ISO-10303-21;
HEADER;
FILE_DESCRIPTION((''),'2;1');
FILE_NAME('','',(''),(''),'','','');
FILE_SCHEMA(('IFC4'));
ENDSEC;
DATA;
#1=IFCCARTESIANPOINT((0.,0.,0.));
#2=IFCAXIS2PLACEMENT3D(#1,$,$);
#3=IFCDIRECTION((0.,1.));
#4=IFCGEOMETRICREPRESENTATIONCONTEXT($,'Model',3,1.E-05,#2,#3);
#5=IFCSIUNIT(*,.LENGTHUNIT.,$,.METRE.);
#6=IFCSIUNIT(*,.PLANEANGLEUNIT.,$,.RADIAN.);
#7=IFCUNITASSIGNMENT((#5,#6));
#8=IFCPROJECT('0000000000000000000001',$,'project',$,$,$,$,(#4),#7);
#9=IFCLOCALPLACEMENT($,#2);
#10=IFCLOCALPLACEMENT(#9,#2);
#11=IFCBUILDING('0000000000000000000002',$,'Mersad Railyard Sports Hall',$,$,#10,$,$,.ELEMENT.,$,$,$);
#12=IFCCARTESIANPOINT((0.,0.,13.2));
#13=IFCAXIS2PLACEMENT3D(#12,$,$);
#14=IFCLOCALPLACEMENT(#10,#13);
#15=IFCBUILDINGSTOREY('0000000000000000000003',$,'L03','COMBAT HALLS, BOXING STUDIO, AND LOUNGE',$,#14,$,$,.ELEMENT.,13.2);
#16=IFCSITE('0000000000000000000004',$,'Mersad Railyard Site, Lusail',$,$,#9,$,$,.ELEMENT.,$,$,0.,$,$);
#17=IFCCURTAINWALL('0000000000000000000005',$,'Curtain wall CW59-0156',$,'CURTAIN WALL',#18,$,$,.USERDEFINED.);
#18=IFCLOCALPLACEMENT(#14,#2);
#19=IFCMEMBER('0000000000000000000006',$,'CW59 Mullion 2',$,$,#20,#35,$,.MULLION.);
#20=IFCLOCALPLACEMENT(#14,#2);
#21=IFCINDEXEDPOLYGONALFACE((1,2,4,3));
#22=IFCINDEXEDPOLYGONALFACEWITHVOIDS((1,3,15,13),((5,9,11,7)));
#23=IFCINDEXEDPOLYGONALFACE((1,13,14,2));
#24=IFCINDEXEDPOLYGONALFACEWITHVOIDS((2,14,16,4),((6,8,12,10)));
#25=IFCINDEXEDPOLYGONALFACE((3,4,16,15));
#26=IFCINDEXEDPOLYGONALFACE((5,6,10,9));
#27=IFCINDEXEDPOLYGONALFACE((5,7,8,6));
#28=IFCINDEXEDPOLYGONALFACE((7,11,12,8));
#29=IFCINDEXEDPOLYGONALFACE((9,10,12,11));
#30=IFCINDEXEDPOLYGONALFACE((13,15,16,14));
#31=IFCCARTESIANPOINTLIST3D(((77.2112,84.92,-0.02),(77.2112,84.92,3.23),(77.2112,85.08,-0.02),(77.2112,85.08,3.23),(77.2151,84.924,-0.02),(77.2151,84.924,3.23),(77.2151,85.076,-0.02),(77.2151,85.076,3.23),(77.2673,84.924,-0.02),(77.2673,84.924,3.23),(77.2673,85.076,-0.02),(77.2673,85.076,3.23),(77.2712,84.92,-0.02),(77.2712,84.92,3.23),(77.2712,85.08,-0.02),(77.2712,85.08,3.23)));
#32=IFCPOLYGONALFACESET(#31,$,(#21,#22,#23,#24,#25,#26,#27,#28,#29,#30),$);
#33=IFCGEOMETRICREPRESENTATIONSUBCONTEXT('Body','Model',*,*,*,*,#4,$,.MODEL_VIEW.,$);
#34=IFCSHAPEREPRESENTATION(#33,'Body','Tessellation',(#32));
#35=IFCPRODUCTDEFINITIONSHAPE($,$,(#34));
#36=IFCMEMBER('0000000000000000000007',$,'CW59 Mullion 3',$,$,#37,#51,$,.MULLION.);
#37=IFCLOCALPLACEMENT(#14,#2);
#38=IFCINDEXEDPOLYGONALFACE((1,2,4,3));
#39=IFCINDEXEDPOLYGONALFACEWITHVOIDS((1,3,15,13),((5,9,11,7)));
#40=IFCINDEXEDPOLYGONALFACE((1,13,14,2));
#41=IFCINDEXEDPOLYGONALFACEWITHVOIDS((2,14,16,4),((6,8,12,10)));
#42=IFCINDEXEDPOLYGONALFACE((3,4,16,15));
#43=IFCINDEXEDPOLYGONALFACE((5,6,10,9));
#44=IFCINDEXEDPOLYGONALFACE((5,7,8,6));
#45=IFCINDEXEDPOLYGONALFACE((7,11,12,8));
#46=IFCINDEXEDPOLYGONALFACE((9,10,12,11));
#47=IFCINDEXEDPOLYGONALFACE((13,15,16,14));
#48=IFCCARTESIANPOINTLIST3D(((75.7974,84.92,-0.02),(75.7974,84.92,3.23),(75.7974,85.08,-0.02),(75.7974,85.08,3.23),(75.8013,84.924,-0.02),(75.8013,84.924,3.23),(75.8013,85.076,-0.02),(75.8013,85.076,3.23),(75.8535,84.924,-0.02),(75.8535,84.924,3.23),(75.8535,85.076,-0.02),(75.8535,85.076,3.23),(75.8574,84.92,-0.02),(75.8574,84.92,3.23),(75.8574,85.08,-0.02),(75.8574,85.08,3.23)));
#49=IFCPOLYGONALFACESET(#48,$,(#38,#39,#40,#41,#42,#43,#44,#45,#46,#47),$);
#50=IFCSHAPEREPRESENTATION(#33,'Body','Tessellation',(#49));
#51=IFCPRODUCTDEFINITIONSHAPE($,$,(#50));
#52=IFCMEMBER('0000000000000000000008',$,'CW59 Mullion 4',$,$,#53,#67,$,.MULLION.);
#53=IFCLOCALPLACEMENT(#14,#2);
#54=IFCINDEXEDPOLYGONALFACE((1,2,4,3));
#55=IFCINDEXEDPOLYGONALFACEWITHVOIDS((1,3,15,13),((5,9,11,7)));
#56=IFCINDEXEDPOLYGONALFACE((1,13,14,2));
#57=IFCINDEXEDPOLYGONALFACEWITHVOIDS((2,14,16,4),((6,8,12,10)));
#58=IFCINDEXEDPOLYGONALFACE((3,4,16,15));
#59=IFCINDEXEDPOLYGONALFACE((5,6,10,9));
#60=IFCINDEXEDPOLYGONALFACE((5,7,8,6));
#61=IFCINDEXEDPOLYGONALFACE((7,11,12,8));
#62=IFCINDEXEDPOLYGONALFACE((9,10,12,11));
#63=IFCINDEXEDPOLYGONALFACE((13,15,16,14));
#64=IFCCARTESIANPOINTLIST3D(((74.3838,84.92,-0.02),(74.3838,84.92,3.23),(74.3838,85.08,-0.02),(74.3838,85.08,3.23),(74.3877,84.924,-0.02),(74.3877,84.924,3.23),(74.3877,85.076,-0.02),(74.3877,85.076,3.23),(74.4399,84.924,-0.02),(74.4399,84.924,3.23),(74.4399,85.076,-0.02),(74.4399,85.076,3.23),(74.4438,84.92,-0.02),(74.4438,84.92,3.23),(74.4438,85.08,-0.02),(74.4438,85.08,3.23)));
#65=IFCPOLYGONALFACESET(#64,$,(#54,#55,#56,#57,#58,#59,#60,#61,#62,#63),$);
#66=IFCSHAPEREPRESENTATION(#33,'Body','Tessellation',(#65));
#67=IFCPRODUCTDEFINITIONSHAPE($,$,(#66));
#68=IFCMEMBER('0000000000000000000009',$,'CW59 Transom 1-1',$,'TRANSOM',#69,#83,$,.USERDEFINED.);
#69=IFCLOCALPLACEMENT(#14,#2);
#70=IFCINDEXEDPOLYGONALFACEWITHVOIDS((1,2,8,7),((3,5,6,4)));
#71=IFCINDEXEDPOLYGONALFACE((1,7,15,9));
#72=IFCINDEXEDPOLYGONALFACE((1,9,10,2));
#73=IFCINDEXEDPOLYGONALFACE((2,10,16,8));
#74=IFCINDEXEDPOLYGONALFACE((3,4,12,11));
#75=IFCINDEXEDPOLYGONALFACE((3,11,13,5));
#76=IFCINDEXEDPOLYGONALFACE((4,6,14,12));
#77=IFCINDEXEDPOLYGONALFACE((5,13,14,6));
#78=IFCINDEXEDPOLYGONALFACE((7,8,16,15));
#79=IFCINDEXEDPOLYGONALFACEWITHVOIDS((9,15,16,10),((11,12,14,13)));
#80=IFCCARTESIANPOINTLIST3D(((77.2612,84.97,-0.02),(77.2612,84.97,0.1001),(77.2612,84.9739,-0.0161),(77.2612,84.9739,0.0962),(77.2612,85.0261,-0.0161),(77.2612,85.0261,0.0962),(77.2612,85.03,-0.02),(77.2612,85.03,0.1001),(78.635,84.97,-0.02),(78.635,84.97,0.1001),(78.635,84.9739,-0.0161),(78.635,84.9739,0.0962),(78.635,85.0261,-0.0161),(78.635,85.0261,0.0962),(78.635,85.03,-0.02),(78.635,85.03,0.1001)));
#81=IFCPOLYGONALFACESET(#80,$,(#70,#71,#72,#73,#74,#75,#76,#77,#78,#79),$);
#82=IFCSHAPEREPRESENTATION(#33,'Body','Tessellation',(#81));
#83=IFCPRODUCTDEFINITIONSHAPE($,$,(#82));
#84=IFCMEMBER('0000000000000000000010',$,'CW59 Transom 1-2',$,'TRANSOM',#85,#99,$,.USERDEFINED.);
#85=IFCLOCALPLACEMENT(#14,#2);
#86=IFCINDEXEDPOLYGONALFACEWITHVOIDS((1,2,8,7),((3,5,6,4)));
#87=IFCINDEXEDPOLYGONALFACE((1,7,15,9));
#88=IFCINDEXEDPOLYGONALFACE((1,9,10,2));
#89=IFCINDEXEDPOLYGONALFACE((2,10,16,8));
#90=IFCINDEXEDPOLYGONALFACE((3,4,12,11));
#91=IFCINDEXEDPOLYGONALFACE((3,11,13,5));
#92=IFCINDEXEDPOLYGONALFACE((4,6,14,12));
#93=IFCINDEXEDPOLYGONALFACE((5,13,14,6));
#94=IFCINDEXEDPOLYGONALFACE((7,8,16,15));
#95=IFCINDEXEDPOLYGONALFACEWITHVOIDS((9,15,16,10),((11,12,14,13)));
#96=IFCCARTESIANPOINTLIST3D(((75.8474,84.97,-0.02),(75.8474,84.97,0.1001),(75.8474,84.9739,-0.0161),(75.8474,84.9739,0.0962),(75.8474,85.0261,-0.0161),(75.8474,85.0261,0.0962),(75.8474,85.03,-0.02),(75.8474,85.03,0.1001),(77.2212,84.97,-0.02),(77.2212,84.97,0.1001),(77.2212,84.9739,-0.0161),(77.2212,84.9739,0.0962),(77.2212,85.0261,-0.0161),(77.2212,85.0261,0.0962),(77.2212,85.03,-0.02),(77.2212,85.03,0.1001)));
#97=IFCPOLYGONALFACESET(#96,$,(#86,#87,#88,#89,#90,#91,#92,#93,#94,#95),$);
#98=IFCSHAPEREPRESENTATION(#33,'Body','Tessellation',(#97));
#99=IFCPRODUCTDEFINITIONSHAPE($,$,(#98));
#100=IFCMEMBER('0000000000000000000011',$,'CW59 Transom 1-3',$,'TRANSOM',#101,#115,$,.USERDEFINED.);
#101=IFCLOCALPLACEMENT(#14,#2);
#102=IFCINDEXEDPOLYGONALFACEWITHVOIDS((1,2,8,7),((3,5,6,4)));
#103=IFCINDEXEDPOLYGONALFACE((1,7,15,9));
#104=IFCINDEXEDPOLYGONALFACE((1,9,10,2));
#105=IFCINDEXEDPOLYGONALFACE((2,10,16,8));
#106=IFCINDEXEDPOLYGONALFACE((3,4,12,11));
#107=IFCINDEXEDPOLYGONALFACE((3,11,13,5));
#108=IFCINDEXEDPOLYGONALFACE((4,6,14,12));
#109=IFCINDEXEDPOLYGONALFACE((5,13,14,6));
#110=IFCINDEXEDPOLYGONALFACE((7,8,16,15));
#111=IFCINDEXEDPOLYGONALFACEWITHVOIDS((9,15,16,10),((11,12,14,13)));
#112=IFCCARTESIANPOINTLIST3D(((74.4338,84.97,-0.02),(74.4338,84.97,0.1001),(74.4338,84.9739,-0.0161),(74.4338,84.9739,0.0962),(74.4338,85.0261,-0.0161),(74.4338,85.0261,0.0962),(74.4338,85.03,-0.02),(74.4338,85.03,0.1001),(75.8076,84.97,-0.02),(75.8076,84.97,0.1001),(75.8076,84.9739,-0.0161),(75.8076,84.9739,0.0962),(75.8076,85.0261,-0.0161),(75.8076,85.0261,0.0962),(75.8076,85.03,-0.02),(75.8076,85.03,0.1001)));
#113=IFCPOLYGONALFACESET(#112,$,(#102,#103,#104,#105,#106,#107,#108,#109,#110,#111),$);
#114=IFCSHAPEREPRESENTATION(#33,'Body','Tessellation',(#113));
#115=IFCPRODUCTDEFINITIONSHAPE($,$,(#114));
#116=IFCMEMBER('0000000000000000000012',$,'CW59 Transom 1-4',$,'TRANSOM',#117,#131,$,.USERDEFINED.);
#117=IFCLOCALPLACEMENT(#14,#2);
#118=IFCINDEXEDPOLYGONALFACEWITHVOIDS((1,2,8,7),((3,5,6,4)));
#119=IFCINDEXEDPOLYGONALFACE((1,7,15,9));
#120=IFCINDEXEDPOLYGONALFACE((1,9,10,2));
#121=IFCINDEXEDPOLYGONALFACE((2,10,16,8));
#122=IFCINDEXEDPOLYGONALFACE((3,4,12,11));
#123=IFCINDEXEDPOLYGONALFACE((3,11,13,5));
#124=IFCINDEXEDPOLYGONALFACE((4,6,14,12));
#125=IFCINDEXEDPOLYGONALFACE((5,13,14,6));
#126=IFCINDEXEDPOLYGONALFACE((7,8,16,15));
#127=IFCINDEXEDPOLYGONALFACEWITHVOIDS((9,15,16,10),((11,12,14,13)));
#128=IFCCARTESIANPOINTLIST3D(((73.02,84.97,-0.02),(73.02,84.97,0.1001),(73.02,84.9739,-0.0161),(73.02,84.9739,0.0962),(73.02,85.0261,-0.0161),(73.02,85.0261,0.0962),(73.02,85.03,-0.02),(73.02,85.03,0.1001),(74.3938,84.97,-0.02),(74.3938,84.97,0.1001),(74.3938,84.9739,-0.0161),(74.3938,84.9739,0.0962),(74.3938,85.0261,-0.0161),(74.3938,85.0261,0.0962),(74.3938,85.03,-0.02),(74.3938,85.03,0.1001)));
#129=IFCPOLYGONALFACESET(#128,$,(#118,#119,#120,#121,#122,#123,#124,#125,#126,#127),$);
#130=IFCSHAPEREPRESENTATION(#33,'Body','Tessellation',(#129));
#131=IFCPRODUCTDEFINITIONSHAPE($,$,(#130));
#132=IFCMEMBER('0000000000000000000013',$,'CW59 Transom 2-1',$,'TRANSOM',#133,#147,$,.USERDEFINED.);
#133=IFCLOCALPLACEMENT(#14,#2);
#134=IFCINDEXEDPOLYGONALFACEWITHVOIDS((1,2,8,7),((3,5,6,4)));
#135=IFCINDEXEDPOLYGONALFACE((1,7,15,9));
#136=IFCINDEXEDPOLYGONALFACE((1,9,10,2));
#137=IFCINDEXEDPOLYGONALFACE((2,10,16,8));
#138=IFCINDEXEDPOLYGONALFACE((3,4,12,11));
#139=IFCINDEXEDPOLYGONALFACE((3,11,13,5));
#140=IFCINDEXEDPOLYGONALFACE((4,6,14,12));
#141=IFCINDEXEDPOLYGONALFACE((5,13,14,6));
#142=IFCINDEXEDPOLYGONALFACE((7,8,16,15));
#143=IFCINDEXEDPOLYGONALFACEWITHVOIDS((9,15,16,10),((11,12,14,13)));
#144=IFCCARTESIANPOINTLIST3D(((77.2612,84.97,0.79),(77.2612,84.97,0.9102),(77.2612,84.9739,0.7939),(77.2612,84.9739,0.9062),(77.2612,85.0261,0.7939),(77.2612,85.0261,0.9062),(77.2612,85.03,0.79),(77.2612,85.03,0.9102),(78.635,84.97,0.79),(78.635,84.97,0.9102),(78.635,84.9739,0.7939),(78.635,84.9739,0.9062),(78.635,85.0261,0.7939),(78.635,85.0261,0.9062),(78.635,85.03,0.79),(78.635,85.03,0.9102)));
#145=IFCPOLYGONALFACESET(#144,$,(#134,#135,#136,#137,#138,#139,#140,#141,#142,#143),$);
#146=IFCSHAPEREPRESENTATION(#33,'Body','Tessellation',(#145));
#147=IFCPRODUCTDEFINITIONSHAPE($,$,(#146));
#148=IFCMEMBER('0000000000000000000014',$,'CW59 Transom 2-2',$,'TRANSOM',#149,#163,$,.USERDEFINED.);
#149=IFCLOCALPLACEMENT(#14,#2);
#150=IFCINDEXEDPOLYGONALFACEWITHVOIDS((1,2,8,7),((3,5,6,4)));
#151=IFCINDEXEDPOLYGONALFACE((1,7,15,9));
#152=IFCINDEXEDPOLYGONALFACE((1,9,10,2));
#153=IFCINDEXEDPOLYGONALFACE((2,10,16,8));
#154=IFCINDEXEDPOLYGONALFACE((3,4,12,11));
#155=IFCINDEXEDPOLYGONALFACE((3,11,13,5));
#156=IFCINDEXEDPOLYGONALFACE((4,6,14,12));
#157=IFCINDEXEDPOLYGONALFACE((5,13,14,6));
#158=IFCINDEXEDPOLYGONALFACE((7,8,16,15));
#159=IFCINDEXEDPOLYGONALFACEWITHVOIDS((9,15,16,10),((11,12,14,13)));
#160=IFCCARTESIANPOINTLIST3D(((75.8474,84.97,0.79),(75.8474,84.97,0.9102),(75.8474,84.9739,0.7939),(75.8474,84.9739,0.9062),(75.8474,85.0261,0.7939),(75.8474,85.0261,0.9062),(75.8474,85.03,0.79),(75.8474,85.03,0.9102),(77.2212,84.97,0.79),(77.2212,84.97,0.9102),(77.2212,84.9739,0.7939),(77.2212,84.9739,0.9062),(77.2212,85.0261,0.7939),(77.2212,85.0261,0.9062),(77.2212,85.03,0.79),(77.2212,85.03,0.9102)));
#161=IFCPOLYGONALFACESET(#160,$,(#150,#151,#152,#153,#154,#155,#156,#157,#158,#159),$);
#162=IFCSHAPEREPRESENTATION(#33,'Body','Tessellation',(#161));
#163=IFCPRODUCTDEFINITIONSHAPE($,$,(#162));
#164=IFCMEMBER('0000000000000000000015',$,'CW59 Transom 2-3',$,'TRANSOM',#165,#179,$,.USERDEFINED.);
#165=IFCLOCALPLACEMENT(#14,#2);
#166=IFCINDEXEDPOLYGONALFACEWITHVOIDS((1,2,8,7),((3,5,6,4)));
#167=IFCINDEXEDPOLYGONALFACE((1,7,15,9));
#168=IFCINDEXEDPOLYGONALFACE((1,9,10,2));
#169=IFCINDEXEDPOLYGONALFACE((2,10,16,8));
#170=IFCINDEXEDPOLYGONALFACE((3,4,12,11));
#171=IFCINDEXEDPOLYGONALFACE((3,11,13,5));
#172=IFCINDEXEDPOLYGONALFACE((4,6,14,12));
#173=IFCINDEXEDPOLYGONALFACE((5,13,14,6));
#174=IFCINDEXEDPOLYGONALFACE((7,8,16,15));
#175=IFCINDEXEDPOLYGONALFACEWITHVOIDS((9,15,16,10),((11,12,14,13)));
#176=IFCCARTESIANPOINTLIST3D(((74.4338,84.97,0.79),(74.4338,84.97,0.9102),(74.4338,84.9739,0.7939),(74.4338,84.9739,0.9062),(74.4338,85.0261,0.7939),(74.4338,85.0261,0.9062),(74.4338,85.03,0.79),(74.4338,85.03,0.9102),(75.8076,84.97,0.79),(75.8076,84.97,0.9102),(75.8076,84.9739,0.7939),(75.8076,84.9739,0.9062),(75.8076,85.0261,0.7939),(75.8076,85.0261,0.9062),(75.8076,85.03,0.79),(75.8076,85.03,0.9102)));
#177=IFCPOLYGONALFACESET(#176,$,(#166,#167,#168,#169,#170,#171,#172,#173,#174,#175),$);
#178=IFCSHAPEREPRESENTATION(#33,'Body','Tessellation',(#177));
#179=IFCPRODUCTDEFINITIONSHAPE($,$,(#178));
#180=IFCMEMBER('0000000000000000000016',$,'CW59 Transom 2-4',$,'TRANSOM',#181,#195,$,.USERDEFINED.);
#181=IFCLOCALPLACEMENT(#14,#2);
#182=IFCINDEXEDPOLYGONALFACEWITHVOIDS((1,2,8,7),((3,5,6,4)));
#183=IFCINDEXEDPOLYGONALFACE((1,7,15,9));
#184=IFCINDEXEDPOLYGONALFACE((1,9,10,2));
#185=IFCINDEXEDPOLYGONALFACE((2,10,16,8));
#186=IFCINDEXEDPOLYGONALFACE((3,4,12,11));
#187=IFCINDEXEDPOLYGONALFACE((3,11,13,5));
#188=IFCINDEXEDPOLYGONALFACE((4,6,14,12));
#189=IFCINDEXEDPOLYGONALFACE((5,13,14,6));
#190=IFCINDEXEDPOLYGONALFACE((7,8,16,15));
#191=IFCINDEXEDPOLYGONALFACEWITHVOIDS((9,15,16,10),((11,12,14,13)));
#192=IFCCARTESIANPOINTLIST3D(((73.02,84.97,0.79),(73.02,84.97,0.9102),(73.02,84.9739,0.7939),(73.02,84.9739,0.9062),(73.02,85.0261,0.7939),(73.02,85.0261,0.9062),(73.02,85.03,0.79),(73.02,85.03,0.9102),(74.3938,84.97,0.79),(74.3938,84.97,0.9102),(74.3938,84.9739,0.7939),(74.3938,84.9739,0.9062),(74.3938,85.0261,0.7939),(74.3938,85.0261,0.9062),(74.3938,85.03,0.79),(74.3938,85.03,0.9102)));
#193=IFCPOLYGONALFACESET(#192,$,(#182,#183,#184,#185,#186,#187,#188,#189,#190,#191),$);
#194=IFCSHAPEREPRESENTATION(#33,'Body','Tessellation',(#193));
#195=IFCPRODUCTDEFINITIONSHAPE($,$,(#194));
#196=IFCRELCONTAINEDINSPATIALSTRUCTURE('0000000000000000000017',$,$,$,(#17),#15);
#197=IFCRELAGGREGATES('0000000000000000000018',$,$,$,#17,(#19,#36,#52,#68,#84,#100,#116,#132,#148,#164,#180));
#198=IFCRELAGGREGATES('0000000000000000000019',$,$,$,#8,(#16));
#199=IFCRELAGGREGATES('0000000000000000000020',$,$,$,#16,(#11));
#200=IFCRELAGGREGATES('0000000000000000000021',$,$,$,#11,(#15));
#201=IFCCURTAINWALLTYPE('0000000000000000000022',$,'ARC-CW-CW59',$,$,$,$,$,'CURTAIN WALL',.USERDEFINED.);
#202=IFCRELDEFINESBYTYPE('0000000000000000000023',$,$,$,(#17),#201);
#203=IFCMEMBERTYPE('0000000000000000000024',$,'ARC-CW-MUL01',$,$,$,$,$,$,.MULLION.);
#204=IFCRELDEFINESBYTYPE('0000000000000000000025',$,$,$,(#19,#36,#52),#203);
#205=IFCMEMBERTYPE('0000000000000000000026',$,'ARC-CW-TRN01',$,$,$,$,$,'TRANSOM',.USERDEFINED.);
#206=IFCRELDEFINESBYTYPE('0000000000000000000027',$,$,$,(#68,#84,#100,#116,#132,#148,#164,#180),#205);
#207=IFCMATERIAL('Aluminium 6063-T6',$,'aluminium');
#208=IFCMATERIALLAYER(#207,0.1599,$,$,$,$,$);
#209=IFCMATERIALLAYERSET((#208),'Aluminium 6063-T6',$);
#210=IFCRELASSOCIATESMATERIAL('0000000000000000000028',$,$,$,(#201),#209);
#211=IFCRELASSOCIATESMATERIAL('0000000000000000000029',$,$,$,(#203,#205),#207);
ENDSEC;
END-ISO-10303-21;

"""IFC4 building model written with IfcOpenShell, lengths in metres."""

from ifc_helpers import new_model, si_unit, direction, frame, origin, origin_2d, place, context, subcontext, project, spatial, hollow_rectangle, extrude, material, layer, layer_set, material_profile, profile_set, type_object, element, aggregate, save


model = new_model("IFC4")

# Units and contexts
model_context = context("Model", 3, precision=1e-05, world=origin(), true_north=direction((0.0, 1.0)))
body_context = subcontext(model_context, "Body", "Model", "MODEL_VIEW")
ifc_project = project(units=[si_unit("LENGTHUNIT", "METRE"), si_unit("PLANEANGLEUNIT", "RADIAN")], contexts=[model_context])

# Site, building, storey
site_placement = place(None, origin())
site = spatial("IfcSite", under=ifc_project, at=site_placement, Name="Mersad Railyard Site, Lusail", CompositionType="ELEMENT", RefElevation=0.0)
building_placement = place(site_placement, origin())
building = spatial("IfcBuilding", under=site, at=building_placement, Name="Mersad Railyard Sports Hall", CompositionType="ELEMENT")
storey_placement = place(building_placement, frame((0.0, 0.0, 13.2)))
storey = spatial("IfcBuildingStorey", under=building, at=storey_placement, Name="L03", Description="COMBAT HALLS, BOXING STUDIO, AND LOUNGE", CompositionType="ELEMENT", Elevation=13.2)

# Curtain wall, members
ifc_material_1 = material(Name="Aluminium 6063-T6", Category="aluminium")
ifc_layer_1 = layer(ifc_material_1, 0.1599)
ifc_layer_set_1 = layer_set([ifc_layer_1], Name="Aluminium 6063-T6")
curtain_wall_type = type_object("IfcCurtainWallType", Name="ARC-CW-CW59", ElementType="CURTAIN WALL", PredefinedType="USERDEFINED", material=ifc_layer_set_1)
curtain_wall_placement = place(storey_placement, origin())
curtain_wall = element("IfcCurtainWall", 1, at=curtain_wall_placement, inside=storey, type_object=curtain_wall_type, Name="Curtain wall CW59-0156", ObjectType="CURTAIN WALL", PredefinedType="USERDEFINED")
ifc_material_profile_1 = material_profile(ifc_material_1, hollow_rectangle(XDim=0.0601, YDim=0.1599, WallThickness=0.0039, at=origin_2d()), Name="AL MULLION 60x160x4")
ifc_profile_set_1 = profile_set([ifc_material_profile_1], Name="Aluminium 6063-T6")
member_type_1 = type_object("IfcMemberType", Name="ARC-CW-MUL01", PredefinedType="MULLION", material=ifc_profile_set_1)
member_1_placement = place(storey_placement, frame((77.2412, 85.0, -0.02), z_axis=(0.0, 0.0, 1.0), x_axis=(1.0, 0.0, 0.0)))
member_1 = element("IfcMember", 2, at=member_1_placement, type_object=member_type_1, Name="CW59 Mullion 2", PredefinedType="MULLION", context=body_context, shape_type="SweptSolid", body=[
    extrude(hollow_rectangle(XDim=0.0601, YDim=0.1599, WallThickness=0.0039, at=origin_2d()), origin(), (0.0, 0.0, 1.0), 3.25),
])
member_2_placement = place(storey_placement, frame((75.8274, 85.0, -0.02), z_axis=(0.0, 0.0, 1.0), x_axis=(1.0, 0.0, 0.0)))
member_2 = element("IfcMember", 3, at=member_2_placement, type_object=member_type_1, Name="CW59 Mullion 3", PredefinedType="MULLION", context=body_context, shape_type="SweptSolid", body=[
    extrude(hollow_rectangle(XDim=0.0601, YDim=0.1599, WallThickness=0.0039, at=origin_2d()), origin(), (0.0, 0.0, 1.0), 3.25),
])
member_3_placement = place(storey_placement, frame((74.4138, 85.0, -0.02), z_axis=(0.0, 0.0, 1.0), x_axis=(1.0, 0.0, 0.0)))
member_3 = element("IfcMember", 4, at=member_3_placement, type_object=member_type_1, Name="CW59 Mullion 4", PredefinedType="MULLION", context=body_context, shape_type="SweptSolid", body=[
    extrude(hollow_rectangle(XDim=0.0601, YDim=0.1599, WallThickness=0.0039, at=origin_2d()), origin(), (0.0, 0.0, 1.0), 3.25),
])
ifc_material_profile_2 = material_profile(ifc_material_1, hollow_rectangle(XDim=0.0601, YDim=0.1201, WallThickness=0.0039, at=origin_2d()), Name="AL TRANSOM 60x120x4")
ifc_profile_set_2 = profile_set([ifc_material_profile_2], Name="Aluminium 6063-T6")
member_type_2 = type_object("IfcMemberType", Name="ARC-CW-TRN01", ElementType="TRANSOM", PredefinedType="USERDEFINED", material=ifc_profile_set_2)
member_4_placement = place(storey_placement, frame((78.635, 85.0, 0.04), z_axis=(-1.0, 0.0, 0.0), x_axis=(0.0, -1.0, 0.0)))
member_4 = element("IfcMember", 5, at=member_4_placement, type_object=member_type_2, Name="CW59 Transom 1-1", ObjectType="TRANSOM", PredefinedType="USERDEFINED", context=body_context, shape_type="SweptSolid", body=[
    extrude(hollow_rectangle(XDim=0.0601, YDim=0.1201, WallThickness=0.0039, at=origin_2d()), origin(), (0.0, 0.0, 1.0), 1.3738),
])
member_5_placement = place(storey_placement, frame((77.2212, 85.0, 0.04), z_axis=(-1.0, 0.0, 0.0), x_axis=(0.0, -1.0, 0.0)))
member_5 = element("IfcMember", 6, at=member_5_placement, type_object=member_type_2, Name="CW59 Transom 1-2", ObjectType="TRANSOM", PredefinedType="USERDEFINED", context=body_context, shape_type="SweptSolid", body=[
    extrude(hollow_rectangle(XDim=0.0601, YDim=0.1201, WallThickness=0.0039, at=origin_2d()), origin(), (0.0, 0.0, 1.0), 1.3738),
])
member_6_placement = place(storey_placement, frame((75.8076, 85.0, 0.04), z_axis=(-1.0, 0.0, 0.0), x_axis=(0.0, -1.0, 0.0)))
member_6 = element("IfcMember", 7, at=member_6_placement, type_object=member_type_2, Name="CW59 Transom 1-3", ObjectType="TRANSOM", PredefinedType="USERDEFINED", context=body_context, shape_type="SweptSolid", body=[
    extrude(hollow_rectangle(XDim=0.0601, YDim=0.1201, WallThickness=0.0039, at=origin_2d()), origin(), (0.0, 0.0, 1.0), 1.3738),
])
member_7_placement = place(storey_placement, frame((74.3938, 85.0, 0.04), z_axis=(-1.0, 0.0, 0.0), x_axis=(0.0, -1.0, 0.0)))
member_7 = element("IfcMember", 8, at=member_7_placement, type_object=member_type_2, Name="CW59 Transom 1-4", ObjectType="TRANSOM", PredefinedType="USERDEFINED", context=body_context, shape_type="SweptSolid", body=[
    extrude(hollow_rectangle(XDim=0.0601, YDim=0.1201, WallThickness=0.0039, at=origin_2d()), origin(), (0.0, 0.0, 1.0), 1.3738),
])
member_8_placement = place(storey_placement, frame((78.635, 85.0, 0.8501), z_axis=(-1.0, 0.0, 0.0), x_axis=(0.0, -1.0, 0.0)))
member_8 = element("IfcMember", 9, at=member_8_placement, type_object=member_type_2, Name="CW59 Transom 2-1", ObjectType="TRANSOM", PredefinedType="USERDEFINED", context=body_context, shape_type="SweptSolid", body=[
    extrude(hollow_rectangle(XDim=0.0601, YDim=0.1201, WallThickness=0.0039, at=origin_2d()), origin(), (0.0, 0.0, 1.0), 1.3738),
])
member_9_placement = place(storey_placement, frame((77.2212, 85.0, 0.8501), z_axis=(-1.0, 0.0, 0.0), x_axis=(0.0, -1.0, 0.0)))
member_9 = element("IfcMember", 10, at=member_9_placement, type_object=member_type_2, Name="CW59 Transom 2-2", ObjectType="TRANSOM", PredefinedType="USERDEFINED", context=body_context, shape_type="SweptSolid", body=[
    extrude(hollow_rectangle(XDim=0.0601, YDim=0.1201, WallThickness=0.0039, at=origin_2d()), origin(), (0.0, 0.0, 1.0), 1.3738),
])
member_10_placement = place(storey_placement, frame((75.8076, 85.0, 0.8501), z_axis=(-1.0, 0.0, 0.0), x_axis=(0.0, -1.0, 0.0)))
member_10 = element("IfcMember", 11, at=member_10_placement, type_object=member_type_2, Name="CW59 Transom 2-3", ObjectType="TRANSOM", PredefinedType="USERDEFINED", context=body_context, shape_type="SweptSolid", body=[
    extrude(hollow_rectangle(XDim=0.0601, YDim=0.1201, WallThickness=0.0039, at=origin_2d()), origin(), (0.0, 0.0, 1.0), 1.3738),
])
member_11_placement = place(storey_placement, frame((74.3938, 85.0, 0.8501), z_axis=(-1.0, 0.0, 0.0), x_axis=(0.0, -1.0, 0.0)))
member_11 = element("IfcMember", 12, at=member_11_placement, type_object=member_type_2, Name="CW59 Transom 2-4", ObjectType="TRANSOM", PredefinedType="USERDEFINED", context=body_context, shape_type="SweptSolid", body=[
    extrude(hollow_rectangle(XDim=0.0601, YDim=0.1201, WallThickness=0.0039, at=origin_2d()), origin(), (0.0, 0.0, 1.0), 1.3738),
])
aggregate(curtain_wall, [member_1, member_2, member_3, member_4, member_5, member_6, member_7, member_8, member_9, member_10, member_11])

save(model, "model.ifc")
